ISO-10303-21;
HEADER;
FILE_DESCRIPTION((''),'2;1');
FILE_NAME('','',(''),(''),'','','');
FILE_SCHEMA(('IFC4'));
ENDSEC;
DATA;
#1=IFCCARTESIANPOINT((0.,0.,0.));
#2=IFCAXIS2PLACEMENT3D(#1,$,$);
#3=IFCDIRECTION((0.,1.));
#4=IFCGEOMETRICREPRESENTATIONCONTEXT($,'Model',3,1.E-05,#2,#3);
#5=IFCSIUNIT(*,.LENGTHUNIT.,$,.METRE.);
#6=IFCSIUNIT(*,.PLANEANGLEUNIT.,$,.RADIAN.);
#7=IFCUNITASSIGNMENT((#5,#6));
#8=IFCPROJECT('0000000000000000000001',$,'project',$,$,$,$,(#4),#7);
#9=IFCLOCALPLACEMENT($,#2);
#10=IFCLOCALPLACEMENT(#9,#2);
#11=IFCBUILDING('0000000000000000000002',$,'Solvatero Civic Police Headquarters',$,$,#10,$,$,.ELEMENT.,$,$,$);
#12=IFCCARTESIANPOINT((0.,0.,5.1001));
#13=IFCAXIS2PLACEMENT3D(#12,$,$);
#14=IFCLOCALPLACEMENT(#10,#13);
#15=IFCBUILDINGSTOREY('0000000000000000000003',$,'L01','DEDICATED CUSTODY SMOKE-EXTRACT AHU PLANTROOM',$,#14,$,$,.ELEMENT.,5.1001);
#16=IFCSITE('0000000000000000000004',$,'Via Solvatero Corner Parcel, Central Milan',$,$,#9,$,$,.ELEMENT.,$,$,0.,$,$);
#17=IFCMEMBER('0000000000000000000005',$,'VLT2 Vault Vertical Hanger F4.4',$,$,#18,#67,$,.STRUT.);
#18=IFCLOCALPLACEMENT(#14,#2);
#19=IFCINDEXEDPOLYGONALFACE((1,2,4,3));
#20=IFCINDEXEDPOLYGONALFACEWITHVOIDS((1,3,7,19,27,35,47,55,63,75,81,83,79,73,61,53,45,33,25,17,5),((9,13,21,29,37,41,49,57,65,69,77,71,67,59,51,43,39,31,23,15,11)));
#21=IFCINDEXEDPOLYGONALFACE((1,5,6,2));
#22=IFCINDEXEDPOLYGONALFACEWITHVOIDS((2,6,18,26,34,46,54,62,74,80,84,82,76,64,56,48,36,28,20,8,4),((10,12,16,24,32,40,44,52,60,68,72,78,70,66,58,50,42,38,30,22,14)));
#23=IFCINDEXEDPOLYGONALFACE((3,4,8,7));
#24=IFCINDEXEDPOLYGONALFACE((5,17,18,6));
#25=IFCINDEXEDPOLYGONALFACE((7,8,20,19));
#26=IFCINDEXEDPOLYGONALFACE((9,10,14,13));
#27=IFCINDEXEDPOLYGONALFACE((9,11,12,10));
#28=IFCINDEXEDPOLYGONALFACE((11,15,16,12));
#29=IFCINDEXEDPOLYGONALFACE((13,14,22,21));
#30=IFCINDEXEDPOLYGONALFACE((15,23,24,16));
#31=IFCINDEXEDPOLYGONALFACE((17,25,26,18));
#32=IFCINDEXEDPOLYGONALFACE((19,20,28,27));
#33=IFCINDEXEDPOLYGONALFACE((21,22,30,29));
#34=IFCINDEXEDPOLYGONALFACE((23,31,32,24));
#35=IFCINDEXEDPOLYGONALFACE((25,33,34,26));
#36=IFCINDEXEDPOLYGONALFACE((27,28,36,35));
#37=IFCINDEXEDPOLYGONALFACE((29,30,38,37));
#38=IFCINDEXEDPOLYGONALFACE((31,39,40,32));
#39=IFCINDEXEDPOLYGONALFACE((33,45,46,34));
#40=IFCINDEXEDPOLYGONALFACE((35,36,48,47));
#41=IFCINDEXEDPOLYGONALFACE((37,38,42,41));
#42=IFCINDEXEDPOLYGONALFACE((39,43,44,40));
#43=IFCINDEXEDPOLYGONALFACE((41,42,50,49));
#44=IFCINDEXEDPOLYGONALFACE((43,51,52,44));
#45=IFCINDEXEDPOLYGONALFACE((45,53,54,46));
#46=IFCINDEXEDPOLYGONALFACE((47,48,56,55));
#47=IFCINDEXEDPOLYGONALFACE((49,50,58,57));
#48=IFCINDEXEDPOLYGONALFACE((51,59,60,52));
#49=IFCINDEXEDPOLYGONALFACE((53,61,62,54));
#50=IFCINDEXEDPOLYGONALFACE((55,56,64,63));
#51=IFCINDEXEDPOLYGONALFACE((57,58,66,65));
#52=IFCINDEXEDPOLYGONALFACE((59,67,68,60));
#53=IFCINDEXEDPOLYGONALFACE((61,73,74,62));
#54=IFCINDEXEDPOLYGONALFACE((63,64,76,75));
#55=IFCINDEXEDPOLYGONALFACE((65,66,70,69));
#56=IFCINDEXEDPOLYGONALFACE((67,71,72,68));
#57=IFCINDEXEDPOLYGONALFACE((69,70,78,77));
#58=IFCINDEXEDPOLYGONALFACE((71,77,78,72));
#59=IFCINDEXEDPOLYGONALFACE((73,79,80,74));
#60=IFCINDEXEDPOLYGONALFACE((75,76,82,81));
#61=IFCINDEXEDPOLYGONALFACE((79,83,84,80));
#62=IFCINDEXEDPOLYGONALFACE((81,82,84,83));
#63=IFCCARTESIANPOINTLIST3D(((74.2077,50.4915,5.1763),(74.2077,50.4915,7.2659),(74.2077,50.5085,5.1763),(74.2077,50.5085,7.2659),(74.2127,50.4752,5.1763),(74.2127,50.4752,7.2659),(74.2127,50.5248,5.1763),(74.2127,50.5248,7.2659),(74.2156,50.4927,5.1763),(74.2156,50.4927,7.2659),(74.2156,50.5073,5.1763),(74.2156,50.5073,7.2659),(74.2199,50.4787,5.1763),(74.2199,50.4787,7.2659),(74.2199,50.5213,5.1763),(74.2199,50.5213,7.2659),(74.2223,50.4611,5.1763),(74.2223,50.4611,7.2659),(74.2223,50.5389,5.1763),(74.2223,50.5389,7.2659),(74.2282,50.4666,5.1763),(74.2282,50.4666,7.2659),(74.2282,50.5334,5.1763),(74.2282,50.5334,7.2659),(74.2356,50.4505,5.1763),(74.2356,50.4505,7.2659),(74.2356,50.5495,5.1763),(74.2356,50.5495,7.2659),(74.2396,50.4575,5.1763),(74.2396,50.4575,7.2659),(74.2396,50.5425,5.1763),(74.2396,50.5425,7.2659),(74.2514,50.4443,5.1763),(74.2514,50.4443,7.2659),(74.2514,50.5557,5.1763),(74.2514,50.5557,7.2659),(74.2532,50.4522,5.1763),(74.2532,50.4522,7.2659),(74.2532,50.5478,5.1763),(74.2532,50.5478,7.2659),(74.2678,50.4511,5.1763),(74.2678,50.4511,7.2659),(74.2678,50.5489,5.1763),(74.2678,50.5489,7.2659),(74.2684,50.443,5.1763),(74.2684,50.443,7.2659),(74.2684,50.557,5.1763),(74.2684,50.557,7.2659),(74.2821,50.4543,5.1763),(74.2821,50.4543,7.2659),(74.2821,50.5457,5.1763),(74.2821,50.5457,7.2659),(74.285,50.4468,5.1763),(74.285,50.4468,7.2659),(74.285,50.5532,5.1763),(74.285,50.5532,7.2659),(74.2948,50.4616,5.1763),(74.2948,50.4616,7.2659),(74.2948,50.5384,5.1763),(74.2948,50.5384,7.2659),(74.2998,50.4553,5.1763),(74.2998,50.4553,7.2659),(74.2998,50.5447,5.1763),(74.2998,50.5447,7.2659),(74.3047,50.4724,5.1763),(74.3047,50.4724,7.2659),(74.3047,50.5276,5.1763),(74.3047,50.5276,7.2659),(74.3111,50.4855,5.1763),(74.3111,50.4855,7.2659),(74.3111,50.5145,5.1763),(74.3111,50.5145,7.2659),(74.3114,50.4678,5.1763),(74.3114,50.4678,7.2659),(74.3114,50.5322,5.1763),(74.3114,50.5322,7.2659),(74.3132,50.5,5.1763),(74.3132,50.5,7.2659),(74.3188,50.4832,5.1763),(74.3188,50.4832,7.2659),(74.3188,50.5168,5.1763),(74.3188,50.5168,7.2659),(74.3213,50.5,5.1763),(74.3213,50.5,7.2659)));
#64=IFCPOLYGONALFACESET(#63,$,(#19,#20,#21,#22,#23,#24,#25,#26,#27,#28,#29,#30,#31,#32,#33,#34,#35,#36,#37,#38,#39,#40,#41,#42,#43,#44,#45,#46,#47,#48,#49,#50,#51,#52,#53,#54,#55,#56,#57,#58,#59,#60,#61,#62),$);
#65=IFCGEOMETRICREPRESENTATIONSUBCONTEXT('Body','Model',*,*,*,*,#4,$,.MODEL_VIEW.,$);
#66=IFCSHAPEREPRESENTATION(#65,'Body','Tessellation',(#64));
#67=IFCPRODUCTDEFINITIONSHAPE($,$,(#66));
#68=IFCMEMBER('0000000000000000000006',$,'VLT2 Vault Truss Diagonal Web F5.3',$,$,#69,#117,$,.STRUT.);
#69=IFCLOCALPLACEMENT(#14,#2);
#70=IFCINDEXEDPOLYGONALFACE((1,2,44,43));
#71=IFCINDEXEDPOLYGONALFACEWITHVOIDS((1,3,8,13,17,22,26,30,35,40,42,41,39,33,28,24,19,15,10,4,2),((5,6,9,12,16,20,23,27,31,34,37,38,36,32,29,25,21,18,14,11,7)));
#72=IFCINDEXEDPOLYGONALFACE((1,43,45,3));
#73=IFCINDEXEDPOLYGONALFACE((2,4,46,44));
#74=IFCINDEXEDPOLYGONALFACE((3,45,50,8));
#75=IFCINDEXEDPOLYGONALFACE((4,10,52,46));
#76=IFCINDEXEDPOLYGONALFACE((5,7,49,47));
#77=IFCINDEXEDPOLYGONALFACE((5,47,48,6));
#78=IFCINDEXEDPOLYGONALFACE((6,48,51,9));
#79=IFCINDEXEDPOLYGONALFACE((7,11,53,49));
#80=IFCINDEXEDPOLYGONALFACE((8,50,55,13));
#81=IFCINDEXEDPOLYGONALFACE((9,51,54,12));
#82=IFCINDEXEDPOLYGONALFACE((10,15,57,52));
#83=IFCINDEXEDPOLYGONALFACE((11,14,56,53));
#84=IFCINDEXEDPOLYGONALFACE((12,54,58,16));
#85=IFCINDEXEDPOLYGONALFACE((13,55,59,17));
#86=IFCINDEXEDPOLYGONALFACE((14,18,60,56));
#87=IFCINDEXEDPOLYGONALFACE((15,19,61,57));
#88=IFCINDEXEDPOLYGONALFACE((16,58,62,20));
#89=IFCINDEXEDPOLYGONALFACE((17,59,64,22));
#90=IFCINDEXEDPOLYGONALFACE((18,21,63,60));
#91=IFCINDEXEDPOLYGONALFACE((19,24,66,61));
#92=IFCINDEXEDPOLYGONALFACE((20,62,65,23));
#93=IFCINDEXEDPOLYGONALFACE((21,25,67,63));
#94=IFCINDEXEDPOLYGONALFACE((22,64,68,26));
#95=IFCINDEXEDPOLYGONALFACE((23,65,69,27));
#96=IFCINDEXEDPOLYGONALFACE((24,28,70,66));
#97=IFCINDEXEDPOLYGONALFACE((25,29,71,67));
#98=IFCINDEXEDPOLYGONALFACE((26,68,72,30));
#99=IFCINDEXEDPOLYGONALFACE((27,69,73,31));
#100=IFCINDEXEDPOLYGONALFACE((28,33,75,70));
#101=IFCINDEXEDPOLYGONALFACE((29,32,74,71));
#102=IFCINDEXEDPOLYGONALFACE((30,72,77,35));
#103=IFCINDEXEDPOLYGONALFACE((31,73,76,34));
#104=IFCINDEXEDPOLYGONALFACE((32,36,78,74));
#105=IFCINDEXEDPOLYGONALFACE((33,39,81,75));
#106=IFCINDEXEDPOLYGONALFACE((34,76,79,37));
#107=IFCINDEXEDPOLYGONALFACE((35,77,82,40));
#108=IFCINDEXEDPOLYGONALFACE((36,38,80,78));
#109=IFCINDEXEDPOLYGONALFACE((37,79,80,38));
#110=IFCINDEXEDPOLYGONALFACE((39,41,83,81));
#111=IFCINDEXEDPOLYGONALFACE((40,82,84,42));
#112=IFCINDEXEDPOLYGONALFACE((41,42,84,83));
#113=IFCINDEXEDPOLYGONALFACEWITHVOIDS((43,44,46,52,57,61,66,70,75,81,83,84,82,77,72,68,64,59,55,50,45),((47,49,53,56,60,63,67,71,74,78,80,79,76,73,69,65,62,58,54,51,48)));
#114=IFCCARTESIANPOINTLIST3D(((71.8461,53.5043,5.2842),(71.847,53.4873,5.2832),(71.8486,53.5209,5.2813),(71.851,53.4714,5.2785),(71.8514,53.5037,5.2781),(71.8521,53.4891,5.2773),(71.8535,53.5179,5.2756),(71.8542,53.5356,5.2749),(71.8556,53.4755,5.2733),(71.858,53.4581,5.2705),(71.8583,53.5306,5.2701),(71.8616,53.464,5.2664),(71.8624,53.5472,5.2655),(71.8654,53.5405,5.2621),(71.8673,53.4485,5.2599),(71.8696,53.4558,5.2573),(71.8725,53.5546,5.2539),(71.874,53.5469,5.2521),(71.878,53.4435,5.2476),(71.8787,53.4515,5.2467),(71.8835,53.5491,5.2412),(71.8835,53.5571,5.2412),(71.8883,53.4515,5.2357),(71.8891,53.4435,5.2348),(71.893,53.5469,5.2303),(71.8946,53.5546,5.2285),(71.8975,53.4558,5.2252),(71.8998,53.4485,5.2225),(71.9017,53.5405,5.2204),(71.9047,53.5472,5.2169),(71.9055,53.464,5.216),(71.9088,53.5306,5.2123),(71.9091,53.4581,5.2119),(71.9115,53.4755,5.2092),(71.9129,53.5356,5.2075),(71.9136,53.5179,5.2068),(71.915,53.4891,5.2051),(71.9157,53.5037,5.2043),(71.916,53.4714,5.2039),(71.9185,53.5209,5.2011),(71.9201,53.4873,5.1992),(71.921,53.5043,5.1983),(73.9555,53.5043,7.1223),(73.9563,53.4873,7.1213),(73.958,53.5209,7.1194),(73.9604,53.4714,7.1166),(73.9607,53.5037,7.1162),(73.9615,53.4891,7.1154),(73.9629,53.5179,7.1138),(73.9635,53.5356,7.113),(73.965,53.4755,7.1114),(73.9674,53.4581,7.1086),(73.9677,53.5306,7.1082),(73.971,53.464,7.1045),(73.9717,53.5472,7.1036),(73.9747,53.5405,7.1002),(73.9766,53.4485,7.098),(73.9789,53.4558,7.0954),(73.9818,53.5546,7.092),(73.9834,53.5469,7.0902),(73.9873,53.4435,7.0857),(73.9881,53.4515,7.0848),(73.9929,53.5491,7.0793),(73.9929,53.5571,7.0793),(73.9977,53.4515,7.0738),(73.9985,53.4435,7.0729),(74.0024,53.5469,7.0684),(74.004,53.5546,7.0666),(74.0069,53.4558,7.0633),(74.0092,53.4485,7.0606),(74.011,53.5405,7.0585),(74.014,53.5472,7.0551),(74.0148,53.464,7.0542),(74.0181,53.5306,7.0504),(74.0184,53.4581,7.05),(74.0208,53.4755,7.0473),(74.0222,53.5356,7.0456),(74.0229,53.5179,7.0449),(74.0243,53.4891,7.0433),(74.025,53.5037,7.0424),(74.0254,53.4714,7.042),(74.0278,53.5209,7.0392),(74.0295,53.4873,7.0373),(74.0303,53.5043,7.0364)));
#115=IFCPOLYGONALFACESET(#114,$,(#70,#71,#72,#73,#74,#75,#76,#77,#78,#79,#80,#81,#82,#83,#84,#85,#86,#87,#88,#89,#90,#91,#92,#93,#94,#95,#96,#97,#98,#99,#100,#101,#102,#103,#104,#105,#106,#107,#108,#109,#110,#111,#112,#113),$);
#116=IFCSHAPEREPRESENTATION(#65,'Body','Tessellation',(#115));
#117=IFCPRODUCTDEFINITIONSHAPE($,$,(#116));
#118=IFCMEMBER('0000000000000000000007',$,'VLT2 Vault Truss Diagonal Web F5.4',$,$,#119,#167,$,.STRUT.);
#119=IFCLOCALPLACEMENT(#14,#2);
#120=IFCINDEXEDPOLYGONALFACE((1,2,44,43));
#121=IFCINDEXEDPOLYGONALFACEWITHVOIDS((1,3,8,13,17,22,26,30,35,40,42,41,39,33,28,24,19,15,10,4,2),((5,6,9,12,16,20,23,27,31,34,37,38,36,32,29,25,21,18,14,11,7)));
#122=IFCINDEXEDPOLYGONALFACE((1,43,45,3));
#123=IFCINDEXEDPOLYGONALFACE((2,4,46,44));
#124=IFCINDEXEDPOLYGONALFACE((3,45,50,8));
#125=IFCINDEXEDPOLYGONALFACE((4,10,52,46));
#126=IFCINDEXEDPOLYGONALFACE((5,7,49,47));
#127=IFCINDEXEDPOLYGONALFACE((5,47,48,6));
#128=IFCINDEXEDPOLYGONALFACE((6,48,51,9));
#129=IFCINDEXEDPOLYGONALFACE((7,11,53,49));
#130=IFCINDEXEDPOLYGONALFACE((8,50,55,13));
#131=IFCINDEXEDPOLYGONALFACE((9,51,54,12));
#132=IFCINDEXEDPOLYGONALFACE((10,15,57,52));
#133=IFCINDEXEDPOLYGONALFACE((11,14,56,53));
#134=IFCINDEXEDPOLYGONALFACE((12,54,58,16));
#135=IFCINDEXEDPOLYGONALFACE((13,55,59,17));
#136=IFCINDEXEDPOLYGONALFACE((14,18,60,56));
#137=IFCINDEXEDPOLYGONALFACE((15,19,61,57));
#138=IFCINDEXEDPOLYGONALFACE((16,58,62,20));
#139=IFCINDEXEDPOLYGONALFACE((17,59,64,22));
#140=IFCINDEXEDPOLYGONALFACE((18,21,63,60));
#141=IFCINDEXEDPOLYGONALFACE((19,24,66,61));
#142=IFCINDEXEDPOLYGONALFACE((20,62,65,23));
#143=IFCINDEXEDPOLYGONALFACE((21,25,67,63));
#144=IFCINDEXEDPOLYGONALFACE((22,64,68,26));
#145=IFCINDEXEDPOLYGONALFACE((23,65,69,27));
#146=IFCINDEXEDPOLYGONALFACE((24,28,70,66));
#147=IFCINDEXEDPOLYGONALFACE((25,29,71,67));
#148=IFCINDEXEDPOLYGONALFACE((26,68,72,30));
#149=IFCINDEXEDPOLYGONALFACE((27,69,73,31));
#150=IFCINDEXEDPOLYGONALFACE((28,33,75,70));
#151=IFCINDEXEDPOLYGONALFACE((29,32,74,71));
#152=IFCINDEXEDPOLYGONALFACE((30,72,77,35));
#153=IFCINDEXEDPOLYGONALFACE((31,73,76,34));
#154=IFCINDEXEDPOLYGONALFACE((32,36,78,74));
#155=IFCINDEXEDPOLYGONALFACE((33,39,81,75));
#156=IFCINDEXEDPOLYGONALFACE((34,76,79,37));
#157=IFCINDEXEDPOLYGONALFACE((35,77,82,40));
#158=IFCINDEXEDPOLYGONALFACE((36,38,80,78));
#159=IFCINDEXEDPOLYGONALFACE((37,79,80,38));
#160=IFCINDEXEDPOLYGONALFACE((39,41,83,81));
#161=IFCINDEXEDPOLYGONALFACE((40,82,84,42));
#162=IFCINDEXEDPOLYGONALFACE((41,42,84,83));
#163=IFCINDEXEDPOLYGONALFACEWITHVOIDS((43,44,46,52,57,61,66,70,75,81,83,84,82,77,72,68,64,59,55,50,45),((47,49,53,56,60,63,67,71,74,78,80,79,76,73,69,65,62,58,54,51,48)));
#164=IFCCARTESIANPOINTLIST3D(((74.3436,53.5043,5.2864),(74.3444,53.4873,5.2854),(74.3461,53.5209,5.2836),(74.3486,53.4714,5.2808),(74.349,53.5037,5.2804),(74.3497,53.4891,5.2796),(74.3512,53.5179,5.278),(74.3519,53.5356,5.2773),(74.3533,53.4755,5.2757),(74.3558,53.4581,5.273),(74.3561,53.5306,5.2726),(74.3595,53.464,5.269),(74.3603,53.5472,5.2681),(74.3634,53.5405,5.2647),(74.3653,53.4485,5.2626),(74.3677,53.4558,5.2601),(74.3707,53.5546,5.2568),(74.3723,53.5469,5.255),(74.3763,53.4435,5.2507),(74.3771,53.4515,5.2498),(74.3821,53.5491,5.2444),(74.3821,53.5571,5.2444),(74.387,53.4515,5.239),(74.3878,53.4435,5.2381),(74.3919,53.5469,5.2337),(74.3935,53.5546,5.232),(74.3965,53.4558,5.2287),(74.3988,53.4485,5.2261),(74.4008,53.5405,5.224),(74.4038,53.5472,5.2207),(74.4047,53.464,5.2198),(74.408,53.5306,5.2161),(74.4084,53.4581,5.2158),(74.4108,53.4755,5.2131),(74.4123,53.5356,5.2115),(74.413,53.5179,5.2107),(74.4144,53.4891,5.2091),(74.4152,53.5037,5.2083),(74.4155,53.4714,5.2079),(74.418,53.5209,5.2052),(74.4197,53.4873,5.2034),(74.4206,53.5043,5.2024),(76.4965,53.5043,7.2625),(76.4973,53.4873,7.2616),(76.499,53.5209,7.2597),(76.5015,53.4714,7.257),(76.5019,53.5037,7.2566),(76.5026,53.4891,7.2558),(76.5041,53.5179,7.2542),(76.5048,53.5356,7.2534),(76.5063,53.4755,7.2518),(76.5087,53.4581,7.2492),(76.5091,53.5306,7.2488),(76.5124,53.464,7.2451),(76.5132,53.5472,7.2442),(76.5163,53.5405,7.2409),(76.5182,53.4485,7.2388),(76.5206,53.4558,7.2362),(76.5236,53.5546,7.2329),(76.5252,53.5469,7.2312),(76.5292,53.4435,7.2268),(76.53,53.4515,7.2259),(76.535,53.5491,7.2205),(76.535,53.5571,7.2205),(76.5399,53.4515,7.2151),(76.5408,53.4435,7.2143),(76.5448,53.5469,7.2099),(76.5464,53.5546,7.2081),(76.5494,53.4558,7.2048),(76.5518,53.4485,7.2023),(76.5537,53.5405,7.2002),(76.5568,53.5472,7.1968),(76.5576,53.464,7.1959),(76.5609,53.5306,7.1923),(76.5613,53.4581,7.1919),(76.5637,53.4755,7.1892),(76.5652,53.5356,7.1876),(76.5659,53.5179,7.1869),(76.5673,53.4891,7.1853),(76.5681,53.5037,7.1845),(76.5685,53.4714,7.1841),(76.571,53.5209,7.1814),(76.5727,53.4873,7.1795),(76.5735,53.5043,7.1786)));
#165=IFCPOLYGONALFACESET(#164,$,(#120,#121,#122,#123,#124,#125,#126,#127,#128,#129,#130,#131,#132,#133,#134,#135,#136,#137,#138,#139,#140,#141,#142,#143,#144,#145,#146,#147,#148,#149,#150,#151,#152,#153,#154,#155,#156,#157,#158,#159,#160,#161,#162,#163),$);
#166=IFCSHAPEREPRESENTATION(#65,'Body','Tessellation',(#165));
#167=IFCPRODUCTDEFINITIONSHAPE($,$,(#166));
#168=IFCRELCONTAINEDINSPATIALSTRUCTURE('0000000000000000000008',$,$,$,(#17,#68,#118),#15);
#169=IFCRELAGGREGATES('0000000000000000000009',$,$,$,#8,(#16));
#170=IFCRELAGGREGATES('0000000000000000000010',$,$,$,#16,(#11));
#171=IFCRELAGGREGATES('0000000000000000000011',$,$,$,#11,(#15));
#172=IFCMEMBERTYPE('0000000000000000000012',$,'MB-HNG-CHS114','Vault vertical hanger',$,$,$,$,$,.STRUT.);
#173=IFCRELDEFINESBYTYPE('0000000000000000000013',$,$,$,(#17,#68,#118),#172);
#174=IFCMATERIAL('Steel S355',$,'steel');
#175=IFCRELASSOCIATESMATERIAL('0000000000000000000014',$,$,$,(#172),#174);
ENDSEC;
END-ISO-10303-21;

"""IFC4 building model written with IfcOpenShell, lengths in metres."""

from ifc_helpers import new_model, si_unit, direction, frame, origin, origin_2d, place, context, subcontext, project, spatial, hollow_circle, extrude, material, material_profile, profile_set, type_object, element, save


model = new_model("IFC4")

# Units and contexts
model_context = context("Model", 3, precision=1e-05, world=origin(), true_north=direction((0.0, 1.0)))
body_context = subcontext(model_context, "Body", "Model", "MODEL_VIEW")
ifc_project = project(units=[si_unit("LENGTHUNIT", "METRE"), si_unit("PLANEANGLEUNIT", "RADIAN")], contexts=[model_context])

# Site, building, storey
site_placement = place(None, origin())
site = spatial("IfcSite", under=ifc_project, at=site_placement, Name="Via Solvatero Corner Parcel, Central Milan", CompositionType="ELEMENT", RefElevation=0.0)
building_placement = place(site_placement, origin())
building = spatial("IfcBuilding", under=site, at=building_placement, Name="Solvatero Civic Police Headquarters", CompositionType="ELEMENT")
storey_placement = place(building_placement, frame((0.0, 0.0, 5.1001)))
storey = spatial("IfcBuildingStorey", under=building, at=storey_placement, Name="L01", Description="DEDICATED CUSTODY SMOKE-EXTRACT AHU PLANTROOM", CompositionType="ELEMENT", Elevation=5.1001)

# Shared definitions
ifc_material = material(Name="Steel S355", Category="steel")

# Members
ifc_material_profile_1 = material_profile(ifc_material, hollow_circle(Radius=0.0571, WallThickness=0.0081, at=origin_2d()), Name="CHS 114.3x8.0")
ifc_profile_set_1 = profile_set([ifc_material_profile_1], Name="Steel S355")
member_type_1 = type_object("IfcMemberType", Name="MB-HNG-CHS114", Description="Vault vertical hanger", PredefinedType="STRUT", material=ifc_profile_set_1)
member_1_placement = place(storey_placement, frame((74.2642, 50.5, 5.1763), z_axis=(0.0, 0.0, 1.0), x_axis=(1.0, 0.0, 0.0)))
element("IfcMember", 1, at=member_1_placement, inside=storey, type_object=member_type_1, Name="VLT2 Vault Vertical Hanger F4.4", PredefinedType="STRUT", context=body_context, shape_type="SweptSolid", body=[
    extrude(hollow_circle(Radius=0.0571, WallThickness=0.0081, at=origin_2d()), origin(), (0.0, 0.0, 1.0), 2.0896),
])
member_2_placement = place(storey_placement, frame((71.8835, 53.5, 5.2412), z_axis=(0.753916, 0.0, 0.656971), x_axis=(0.0, 1.0, 0.0)))
element("IfcMember", 2, at=member_2_placement, inside=storey, type_object=member_type_1, Name="VLT2 Vault Truss Diagonal Web F5.3", PredefinedType="STRUT", context=body_context, shape_type="SweptSolid", body=[
    extrude(hollow_circle(Radius=0.0571, WallThickness=0.0081, at=origin_2d()), origin(), (0.0, 0.0, 1.0), 2.7979),
])
member_3_placement = place(storey_placement, frame((74.3821, 53.5, 5.2444), z_axis=(0.736703, 0.0, 0.676216), x_axis=(0.0, 1.0, 0.0)))
element("IfcMember", 3, at=member_3_placement, inside=storey, type_object=member_type_1, Name="VLT2 Vault Truss Diagonal Web F5.4", PredefinedType="STRUT", context=body_context, shape_type="SweptSolid", body=[
    extrude(hollow_circle(Radius=0.0571, WallThickness=0.0081, at=origin_2d()), origin(), (0.0, 0.0, 1.0), 2.9224),
])

save(model, "model.ifc")
